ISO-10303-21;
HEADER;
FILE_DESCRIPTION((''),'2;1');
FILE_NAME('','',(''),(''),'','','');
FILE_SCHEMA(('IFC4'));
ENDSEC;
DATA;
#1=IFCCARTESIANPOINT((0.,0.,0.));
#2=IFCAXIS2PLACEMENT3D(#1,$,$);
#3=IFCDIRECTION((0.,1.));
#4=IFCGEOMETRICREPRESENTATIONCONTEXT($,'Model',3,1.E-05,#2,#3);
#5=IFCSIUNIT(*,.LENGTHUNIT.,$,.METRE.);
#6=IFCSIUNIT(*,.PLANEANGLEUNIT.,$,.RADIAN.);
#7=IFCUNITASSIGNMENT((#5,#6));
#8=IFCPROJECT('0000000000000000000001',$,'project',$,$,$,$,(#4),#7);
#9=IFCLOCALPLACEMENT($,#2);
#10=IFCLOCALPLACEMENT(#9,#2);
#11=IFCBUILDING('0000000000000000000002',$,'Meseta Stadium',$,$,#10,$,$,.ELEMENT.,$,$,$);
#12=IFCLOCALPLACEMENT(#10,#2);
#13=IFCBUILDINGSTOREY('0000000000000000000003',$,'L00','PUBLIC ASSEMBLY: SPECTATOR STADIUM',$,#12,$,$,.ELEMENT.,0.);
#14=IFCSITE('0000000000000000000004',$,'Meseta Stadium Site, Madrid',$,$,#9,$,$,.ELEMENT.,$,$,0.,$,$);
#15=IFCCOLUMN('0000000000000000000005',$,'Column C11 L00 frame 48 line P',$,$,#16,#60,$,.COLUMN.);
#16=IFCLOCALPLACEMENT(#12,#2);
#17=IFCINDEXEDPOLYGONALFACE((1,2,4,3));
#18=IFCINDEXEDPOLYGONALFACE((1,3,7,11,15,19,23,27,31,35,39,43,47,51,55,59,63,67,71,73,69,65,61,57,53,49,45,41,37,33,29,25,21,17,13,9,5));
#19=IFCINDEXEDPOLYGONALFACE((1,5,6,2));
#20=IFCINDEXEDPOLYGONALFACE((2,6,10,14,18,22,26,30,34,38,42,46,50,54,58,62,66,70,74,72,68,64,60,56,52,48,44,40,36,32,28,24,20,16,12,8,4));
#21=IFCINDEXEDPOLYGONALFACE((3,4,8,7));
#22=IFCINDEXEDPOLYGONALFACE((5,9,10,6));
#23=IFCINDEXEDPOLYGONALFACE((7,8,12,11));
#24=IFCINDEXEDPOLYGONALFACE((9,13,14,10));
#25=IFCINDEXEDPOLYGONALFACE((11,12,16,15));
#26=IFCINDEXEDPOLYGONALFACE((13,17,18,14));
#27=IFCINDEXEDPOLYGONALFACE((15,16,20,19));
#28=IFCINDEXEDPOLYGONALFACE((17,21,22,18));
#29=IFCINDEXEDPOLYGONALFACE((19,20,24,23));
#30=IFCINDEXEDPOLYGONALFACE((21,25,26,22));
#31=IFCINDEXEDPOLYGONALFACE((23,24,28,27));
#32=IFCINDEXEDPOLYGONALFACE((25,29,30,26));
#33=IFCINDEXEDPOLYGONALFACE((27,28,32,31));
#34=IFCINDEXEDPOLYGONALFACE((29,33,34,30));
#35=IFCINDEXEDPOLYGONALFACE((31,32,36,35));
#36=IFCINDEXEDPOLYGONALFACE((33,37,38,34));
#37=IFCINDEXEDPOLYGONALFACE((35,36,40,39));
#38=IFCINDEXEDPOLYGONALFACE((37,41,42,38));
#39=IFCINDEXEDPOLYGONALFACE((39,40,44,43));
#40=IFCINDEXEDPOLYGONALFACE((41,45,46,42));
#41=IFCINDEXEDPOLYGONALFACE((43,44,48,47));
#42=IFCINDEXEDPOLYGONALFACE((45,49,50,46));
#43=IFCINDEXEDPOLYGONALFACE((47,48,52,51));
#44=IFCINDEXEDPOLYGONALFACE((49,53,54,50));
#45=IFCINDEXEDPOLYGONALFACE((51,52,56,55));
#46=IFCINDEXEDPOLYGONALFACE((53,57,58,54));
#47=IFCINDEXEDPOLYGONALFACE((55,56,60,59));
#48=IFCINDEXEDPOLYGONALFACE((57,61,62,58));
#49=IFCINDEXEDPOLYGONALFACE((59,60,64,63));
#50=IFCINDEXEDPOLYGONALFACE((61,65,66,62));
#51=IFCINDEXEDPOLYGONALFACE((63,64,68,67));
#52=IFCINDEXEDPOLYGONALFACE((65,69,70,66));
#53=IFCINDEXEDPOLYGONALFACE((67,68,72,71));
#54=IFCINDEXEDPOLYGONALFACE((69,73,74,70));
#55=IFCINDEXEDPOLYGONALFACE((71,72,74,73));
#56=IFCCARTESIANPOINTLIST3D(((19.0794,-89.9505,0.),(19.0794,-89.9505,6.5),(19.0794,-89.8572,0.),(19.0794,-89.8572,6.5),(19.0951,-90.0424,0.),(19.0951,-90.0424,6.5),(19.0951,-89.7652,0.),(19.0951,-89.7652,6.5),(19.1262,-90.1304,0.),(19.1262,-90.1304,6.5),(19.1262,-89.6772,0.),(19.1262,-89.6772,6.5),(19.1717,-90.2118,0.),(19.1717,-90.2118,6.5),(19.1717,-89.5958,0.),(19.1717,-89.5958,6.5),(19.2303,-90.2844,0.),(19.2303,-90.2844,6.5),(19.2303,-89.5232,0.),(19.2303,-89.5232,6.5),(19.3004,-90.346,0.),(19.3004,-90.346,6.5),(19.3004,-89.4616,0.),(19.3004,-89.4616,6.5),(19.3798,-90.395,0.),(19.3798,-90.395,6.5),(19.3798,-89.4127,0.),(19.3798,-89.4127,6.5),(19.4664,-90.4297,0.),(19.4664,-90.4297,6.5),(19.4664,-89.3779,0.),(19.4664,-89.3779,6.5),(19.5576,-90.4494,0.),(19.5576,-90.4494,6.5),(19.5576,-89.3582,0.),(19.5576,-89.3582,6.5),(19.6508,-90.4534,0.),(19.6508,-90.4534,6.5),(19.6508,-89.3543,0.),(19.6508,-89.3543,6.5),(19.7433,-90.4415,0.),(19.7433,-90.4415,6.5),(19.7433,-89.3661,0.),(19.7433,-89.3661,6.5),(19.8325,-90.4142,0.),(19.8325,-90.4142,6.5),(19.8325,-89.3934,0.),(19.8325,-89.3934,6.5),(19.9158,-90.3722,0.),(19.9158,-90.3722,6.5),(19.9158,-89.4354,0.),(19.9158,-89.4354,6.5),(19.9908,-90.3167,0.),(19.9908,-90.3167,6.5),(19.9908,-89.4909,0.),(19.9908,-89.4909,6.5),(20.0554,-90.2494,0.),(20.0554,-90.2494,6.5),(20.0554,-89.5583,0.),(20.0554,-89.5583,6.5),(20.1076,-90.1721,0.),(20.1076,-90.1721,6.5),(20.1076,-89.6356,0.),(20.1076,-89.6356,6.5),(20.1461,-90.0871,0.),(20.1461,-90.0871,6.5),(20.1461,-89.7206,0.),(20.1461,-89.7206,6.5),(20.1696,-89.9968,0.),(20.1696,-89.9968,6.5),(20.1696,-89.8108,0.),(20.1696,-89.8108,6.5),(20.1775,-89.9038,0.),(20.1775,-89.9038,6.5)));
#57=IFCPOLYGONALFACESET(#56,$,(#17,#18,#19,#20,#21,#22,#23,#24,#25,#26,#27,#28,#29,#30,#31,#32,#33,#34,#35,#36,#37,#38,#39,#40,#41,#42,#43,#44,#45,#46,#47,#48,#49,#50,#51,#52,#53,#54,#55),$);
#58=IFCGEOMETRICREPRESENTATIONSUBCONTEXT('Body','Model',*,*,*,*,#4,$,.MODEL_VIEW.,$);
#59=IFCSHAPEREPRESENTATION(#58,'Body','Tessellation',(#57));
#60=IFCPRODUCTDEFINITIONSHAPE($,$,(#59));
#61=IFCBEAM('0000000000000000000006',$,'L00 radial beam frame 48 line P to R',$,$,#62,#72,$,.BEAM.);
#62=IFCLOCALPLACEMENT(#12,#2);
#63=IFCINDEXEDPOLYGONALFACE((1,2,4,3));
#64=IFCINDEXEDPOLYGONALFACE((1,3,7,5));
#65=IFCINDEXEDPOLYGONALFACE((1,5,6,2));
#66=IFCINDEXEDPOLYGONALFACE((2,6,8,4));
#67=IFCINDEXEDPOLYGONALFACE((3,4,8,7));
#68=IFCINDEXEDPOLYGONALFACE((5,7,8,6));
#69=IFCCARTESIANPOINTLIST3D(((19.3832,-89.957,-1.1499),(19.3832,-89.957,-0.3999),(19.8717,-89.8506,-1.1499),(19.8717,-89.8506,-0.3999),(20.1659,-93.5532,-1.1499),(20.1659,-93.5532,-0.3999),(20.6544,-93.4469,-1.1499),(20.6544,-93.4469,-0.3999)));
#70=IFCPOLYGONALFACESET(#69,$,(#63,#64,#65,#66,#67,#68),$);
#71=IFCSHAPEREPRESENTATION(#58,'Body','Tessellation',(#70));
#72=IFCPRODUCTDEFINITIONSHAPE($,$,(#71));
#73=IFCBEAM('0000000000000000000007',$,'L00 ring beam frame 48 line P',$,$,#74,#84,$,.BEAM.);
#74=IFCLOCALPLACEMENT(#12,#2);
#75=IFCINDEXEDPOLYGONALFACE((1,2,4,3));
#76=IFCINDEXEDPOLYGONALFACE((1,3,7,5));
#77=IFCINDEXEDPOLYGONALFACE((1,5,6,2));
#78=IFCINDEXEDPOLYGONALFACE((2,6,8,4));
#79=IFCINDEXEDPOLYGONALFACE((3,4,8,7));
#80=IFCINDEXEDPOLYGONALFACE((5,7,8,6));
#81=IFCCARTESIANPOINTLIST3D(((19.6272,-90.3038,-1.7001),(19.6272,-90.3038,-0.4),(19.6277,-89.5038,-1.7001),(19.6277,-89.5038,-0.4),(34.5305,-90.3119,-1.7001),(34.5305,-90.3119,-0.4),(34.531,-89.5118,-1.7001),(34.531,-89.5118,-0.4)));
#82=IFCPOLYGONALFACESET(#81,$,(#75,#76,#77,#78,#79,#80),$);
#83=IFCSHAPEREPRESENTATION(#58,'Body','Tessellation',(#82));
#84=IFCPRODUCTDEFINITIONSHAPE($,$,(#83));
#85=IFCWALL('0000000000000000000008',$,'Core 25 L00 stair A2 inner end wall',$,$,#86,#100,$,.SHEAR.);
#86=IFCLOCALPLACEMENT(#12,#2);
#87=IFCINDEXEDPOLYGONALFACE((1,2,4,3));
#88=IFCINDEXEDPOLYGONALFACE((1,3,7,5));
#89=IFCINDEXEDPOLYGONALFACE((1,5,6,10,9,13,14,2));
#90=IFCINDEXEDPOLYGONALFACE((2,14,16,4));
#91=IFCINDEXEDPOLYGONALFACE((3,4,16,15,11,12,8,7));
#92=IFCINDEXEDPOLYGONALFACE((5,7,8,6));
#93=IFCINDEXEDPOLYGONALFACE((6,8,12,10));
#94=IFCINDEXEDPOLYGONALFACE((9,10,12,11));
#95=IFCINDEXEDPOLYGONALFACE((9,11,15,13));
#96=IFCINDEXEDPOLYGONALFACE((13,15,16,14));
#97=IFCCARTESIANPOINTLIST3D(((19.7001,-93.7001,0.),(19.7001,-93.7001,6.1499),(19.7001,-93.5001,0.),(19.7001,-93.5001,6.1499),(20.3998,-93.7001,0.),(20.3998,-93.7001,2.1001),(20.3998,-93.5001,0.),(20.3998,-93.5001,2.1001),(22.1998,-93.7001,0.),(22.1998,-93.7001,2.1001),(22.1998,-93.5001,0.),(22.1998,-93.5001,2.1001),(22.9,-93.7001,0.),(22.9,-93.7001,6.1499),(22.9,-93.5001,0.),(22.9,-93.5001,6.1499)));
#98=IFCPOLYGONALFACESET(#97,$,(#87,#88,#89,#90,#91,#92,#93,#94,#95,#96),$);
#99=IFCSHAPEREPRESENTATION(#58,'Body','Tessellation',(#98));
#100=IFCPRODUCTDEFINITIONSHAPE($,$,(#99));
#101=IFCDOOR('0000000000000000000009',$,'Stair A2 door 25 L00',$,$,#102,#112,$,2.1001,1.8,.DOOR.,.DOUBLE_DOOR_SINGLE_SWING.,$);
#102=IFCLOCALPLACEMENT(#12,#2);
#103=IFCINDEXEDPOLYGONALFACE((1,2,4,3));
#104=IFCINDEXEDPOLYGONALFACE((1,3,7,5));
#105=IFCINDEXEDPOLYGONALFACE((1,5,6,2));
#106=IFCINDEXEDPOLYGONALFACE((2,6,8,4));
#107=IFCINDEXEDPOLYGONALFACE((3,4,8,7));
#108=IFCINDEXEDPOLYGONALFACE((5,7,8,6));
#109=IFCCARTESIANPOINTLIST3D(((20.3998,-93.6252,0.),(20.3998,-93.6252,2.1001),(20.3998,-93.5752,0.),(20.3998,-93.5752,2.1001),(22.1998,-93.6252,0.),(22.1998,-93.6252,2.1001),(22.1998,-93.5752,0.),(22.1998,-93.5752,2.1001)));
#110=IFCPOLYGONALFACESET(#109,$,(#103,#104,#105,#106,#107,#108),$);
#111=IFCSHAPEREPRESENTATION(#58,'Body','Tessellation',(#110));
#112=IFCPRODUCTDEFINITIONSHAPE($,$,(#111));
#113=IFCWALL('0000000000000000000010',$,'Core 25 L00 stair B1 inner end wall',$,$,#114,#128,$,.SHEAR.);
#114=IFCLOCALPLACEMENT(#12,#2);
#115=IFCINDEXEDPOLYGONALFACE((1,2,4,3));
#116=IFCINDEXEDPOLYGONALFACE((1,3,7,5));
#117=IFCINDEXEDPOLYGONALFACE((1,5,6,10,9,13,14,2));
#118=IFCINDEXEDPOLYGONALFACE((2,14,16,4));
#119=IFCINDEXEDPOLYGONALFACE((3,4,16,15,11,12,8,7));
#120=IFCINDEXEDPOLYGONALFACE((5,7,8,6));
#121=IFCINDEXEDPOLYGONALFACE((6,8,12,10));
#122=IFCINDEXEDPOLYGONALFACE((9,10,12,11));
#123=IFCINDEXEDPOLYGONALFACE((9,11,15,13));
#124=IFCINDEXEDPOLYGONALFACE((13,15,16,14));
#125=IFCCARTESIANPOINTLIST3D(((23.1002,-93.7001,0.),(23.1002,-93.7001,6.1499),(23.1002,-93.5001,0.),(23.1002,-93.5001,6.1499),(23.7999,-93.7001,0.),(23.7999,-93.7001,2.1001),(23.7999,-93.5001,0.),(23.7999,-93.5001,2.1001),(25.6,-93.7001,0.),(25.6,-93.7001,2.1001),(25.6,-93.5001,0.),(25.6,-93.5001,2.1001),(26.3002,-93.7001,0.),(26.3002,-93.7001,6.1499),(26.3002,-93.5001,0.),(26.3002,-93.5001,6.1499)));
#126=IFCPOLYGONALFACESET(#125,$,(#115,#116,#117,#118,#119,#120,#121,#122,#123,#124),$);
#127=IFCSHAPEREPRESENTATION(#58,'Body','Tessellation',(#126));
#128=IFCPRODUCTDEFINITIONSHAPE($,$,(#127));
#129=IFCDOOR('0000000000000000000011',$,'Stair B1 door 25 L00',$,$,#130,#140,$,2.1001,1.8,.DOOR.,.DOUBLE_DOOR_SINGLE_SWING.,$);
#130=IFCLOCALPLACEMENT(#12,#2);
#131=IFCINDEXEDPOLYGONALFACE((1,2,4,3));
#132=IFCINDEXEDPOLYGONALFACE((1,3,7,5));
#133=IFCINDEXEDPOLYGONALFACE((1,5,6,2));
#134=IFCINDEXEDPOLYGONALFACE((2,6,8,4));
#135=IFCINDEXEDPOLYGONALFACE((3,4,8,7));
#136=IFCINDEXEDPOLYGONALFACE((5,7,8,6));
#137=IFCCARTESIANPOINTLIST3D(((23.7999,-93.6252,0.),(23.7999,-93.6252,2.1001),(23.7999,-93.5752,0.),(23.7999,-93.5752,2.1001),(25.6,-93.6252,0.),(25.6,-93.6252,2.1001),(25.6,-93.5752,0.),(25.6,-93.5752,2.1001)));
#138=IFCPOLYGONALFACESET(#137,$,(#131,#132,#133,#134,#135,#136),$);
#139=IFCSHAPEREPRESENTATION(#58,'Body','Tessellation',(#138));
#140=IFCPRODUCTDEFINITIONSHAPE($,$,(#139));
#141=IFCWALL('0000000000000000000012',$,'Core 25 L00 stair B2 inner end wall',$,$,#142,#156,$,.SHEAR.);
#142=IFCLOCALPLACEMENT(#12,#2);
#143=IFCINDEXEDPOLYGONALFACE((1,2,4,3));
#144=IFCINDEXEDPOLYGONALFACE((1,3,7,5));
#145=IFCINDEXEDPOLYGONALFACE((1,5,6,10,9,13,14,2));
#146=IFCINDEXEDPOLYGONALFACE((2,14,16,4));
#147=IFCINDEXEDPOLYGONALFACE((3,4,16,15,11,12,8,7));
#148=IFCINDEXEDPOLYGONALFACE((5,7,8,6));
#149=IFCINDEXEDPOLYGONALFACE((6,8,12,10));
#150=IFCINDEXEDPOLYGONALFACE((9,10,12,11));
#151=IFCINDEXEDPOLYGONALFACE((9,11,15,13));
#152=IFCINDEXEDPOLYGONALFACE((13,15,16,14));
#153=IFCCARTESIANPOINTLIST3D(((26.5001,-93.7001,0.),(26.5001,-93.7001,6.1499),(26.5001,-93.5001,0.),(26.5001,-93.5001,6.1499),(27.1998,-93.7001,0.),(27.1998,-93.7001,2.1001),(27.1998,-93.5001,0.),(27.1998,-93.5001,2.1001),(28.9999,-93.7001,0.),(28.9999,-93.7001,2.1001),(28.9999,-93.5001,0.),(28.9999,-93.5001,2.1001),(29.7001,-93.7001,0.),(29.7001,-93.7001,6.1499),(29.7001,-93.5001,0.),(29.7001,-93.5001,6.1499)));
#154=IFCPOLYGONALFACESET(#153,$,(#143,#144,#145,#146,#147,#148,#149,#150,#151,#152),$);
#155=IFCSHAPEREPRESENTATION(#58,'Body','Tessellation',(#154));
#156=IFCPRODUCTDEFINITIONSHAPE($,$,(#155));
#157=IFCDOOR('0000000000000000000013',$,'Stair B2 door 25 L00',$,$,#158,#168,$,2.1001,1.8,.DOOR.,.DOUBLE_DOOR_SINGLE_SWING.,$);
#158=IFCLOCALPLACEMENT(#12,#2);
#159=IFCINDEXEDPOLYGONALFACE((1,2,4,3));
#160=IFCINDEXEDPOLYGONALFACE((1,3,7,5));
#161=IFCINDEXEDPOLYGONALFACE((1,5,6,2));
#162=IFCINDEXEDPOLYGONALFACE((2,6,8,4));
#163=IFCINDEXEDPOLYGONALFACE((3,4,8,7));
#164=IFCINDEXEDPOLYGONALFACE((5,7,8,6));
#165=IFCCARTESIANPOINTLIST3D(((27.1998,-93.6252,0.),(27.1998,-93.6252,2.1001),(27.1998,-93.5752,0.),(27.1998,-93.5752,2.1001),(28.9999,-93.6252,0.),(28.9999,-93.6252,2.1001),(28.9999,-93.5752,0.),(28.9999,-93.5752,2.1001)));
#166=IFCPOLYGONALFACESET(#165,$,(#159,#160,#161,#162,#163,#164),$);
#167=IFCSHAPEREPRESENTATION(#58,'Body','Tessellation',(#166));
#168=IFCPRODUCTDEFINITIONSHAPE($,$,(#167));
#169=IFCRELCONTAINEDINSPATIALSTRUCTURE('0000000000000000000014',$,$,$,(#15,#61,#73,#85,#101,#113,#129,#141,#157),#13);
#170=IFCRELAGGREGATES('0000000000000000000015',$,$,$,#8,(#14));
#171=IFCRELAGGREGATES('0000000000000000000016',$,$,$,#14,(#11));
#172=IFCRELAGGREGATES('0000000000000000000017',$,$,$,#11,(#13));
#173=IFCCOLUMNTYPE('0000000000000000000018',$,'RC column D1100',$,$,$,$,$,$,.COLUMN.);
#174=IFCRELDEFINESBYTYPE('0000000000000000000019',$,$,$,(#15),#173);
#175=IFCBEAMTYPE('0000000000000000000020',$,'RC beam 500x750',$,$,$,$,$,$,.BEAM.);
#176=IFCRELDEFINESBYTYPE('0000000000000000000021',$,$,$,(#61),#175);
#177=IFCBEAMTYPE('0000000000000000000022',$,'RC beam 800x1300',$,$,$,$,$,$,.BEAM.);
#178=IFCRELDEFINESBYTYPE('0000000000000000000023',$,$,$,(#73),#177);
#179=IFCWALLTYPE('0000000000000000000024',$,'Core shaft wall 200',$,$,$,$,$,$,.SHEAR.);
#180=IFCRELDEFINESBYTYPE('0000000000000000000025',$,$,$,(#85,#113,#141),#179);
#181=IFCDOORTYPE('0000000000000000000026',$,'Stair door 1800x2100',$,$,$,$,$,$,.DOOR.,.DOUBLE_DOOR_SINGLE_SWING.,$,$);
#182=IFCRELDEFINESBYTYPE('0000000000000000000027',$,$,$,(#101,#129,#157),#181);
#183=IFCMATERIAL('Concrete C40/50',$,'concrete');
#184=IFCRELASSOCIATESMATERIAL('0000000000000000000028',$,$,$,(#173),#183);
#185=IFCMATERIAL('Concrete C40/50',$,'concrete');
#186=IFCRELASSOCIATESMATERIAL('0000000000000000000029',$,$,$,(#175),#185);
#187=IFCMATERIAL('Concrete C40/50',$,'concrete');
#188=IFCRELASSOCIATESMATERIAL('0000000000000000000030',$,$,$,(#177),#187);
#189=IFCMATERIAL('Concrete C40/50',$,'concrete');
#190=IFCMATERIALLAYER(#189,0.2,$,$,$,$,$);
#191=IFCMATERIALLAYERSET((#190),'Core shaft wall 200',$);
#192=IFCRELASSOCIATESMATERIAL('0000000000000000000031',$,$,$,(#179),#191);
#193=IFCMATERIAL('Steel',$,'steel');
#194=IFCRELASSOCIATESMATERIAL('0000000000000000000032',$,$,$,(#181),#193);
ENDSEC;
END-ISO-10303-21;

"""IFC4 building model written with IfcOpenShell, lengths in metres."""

from ifc_helpers import new_model, si_unit, direction, frame, frame_2d, origin, origin_2d, place, context, subcontext, project, spatial, rectangle, circle, extrude, material, layer, layer_set, material_profile, profile_set, type_object, element, fill, save


model = new_model("IFC4")

# Units and contexts
model_context = context("Model", 3, precision=1e-05, world=origin(), true_north=direction((0.0, 1.0)))
body_context = subcontext(model_context, "Body", "Model", "MODEL_VIEW")
ifc_project = project(units=[si_unit("LENGTHUNIT", "METRE"), si_unit("PLANEANGLEUNIT", "RADIAN")], contexts=[model_context])

# Site, building, storey
site_placement = place(None, origin())
site = spatial("IfcSite", under=ifc_project, at=site_placement, Name="Meseta Stadium Site, Madrid", CompositionType="ELEMENT", RefElevation=0.0)
building_placement = place(site_placement, origin())
building = spatial("IfcBuilding", under=site, at=building_placement, Name="Meseta Stadium", CompositionType="ELEMENT")
storey_placement = place(building_placement, origin())
storey = spatial("IfcBuildingStorey", under=building, at=storey_placement, Name="L00", Description="PUBLIC ASSEMBLY: SPECTATOR STADIUM", CompositionType="ELEMENT", Elevation=0.0)

# Column
ifc_material_1 = material(Name="Concrete C40/50", Category="concrete")
ifc_material_profile_1 = material_profile(ifc_material_1, circle(Radius=0.55, at=origin_2d()), Name="RC D1100")
ifc_profile_set_1 = profile_set([ifc_material_profile_1], Name="Concrete C40/50")
column_type = type_object("IfcColumnType", Name="RC column D1100", PredefinedType="COLUMN", material=ifc_profile_set_1)
column_placement = place(storey_placement, frame((19.6274, -89.9038, 0.0), z_axis=(0.0, 0.0, 1.0), x_axis=(1.0, 0.0, 0.0)))
element("IfcColumn", 1, at=column_placement, inside=storey, type_object=column_type, Name="Column C11 L00 frame 48 line P", PredefinedType="COLUMN", context=body_context, shape_type="SweptSolid", body=[
    extrude(circle(Radius=0.55, at=origin_2d()), origin(), (0.0, 0.0, 1.0), 6.5),
])

# Beams
ifc_material_2 = material(Name="Concrete C40/50", Category="concrete")
ifc_material_profile_2 = material_profile(ifc_material_2, rectangle(XDim=0.5, YDim=0.75, at=origin_2d()), Name="RC 500x750")
ifc_profile_set_2 = profile_set([ifc_material_profile_2], Name="Concrete C40/50")
beam_type_1 = type_object("IfcBeamType", Name="RC beam 500x750", PredefinedType="BEAM", material=ifc_profile_set_2)
beam_1_placement = place(storey_placement, frame((19.6274, -89.9038, -0.7749), z_axis=(0.212672, -0.977124, 0.0), x_axis=(0.977124, 0.212672, 0.0)))
element("IfcBeam", 2, at=beam_1_placement, inside=storey, type_object=beam_type_1, Name="L00 radial beam frame 48 line P to R", PredefinedType="BEAM", context=body_context, shape_type="SweptSolid", body=[
    extrude(rectangle(XDim=0.5, YDim=0.75, at=origin_2d()), origin(), (0.0, 0.0, 1.0), 3.6804),
])
ifc_material_3 = material(Name="Concrete C40/50", Category="concrete")
ifc_material_profile_3 = material_profile(ifc_material_3, rectangle(XDim=0.8, YDim=1.3, at=origin_2d()), Name="RC 800x1300")
ifc_profile_set_3 = profile_set([ifc_material_profile_3], Name="Concrete C40/50")
beam_type_2 = type_object("IfcBeamType", Name="RC beam 800x1300", PredefinedType="BEAM", material=ifc_profile_set_3)
beam_2_placement = place(storey_placement, frame((19.6274, -89.9038, -1.05), z_axis=(1.0, -0.000541, 0.0), x_axis=(0.000541, 1.0, 0.0)))
element("IfcBeam", 3, at=beam_2_placement, inside=storey, type_object=beam_type_2, Name="L00 ring beam frame 48 line P", PredefinedType="BEAM", context=body_context, shape_type="SweptSolid", body=[
    extrude(rectangle(XDim=0.8, YDim=1.3, at=origin_2d()), origin(), (0.0, 0.0, 1.0), 14.9033),
])

# Walls, openings, doors
ifc_material_4 = material(Name="Concrete C40/50", Category="concrete")
ifc_layer_1 = layer(ifc_material_4, 0.2)
ifc_layer_set_1 = layer_set([ifc_layer_1], Name="Core shaft wall 200")
wall_type_1 = type_object("IfcWallType", Name="Core shaft wall 200", PredefinedType="SHEAR", material=ifc_layer_set_1)
wall_1_placement = place(storey_placement, frame((19.7, -93.6001, 0.0), z_axis=(0.0, 0.0, 1.0), x_axis=(1.0, 0.0, 0.0)))
wall_1 = element("IfcWall", 4, at=wall_1_placement, inside=storey, type_object=wall_type_1, Name="Core 25 L00 stair A2 inner end wall", PredefinedType="SHEAR", context=body_context, shape_type="SweptSolid", body=[
    extrude(rectangle(XDim=3.2, YDim=0.2, at=frame_2d((1.6001, 0.0))), origin(), (0.0, 0.0, 1.0), 6.1499),
])
opening_1_placement = place(wall_1_placement, frame((0.7, 0.0, 0.0)))
opening_1 = element("IfcOpeningElement", 5, at=opening_1_placement, cuts=wall_1, PredefinedType="OPENING", context=body_context, shape_type="SweptSolid", body=[
    extrude(rectangle(XDim=1.8, YDim=2.1001, at=frame_2d((0.8999, 1.05))), frame((0.0, 0.1099, 0.0), z_axis=(0.0, -1.0, 0.0), x_axis=(1.0, 0.0, 0.0)), (0.0, 0.0, 1.0), 0.22),
])
ifc_material_5 = material(Name="Steel", Category="steel")
door_type_1 = type_object("IfcDoorType", Name="Stair door 1800x2100", OperationType="DOUBLE_DOOR_SINGLE_SWING", PredefinedType="DOOR", material=ifc_material_5)
door_1_placement = place(opening_1_placement, origin())
door_1 = element("IfcDoor", 6, at=door_1_placement, inside=storey, type_object=door_type_1, Name="Stair A2 door 25 L00", OperationType="DOUBLE_DOOR_SINGLE_SWING", OverallHeight=2.1001, OverallWidth=1.8, PredefinedType="DOOR", context=body_context, shape_type="SweptSolid", body=[
    extrude(rectangle(XDim=1.8, YDim=2.1001, at=frame_2d((0.8999, 1.05))), frame((0.0, 0.0249, 0.0), z_axis=(0.0, -1.0, 0.0), x_axis=(1.0, 0.0, 0.0)), (0.0, 0.0, 1.0), 0.05),
])
fill(opening_1, door_1)
wall_2_placement = place(storey_placement, frame((23.1001, -93.6001, 0.0), z_axis=(0.0, 0.0, 1.0), x_axis=(1.0, 0.0, 0.0)))
wall_2 = element("IfcWall", 7, at=wall_2_placement, inside=storey, type_object=wall_type_1, Name="Core 25 L00 stair B1 inner end wall", PredefinedType="SHEAR", context=body_context, shape_type="SweptSolid", body=[
    extrude(rectangle(XDim=3.2, YDim=0.2, at=frame_2d((1.6001, 0.0))), origin(), (0.0, 0.0, 1.0), 6.1499),
])
opening_2_placement = place(wall_2_placement, frame((0.7, 0.0, 0.0)))
opening_2 = element("IfcOpeningElement", 8, at=opening_2_placement, cuts=wall_2, PredefinedType="OPENING", context=body_context, shape_type="SweptSolid", body=[
    extrude(rectangle(XDim=1.8, YDim=2.1001, at=frame_2d((0.8999, 1.05))), frame((0.0, 0.1099, 0.0), z_axis=(0.0, -1.0, 0.0), x_axis=(1.0, 0.0, 0.0)), (0.0, 0.0, 1.0), 0.22),
])
door_2_placement = place(opening_2_placement, origin())
door_2 = element("IfcDoor", 9, at=door_2_placement, inside=storey, type_object=door_type_1, Name="Stair B1 door 25 L00", OperationType="DOUBLE_DOOR_SINGLE_SWING", OverallHeight=2.1001, OverallWidth=1.8, PredefinedType="DOOR", context=body_context, shape_type="SweptSolid", body=[
    extrude(rectangle(XDim=1.8, YDim=2.1001, at=frame_2d((0.8999, 1.05))), frame((0.0, 0.0249, 0.0), z_axis=(0.0, -1.0, 0.0), x_axis=(1.0, 0.0, 0.0)), (0.0, 0.0, 1.0), 0.05),
])
fill(opening_2, door_2)
wall_3_placement = place(storey_placement, frame((26.5, -93.6001, 0.0), z_axis=(0.0, 0.0, 1.0), x_axis=(1.0, 0.0, 0.0)))
wall_3 = element("IfcWall", 10, at=wall_3_placement, inside=storey, type_object=wall_type_1, Name="Core 25 L00 stair B2 inner end wall", PredefinedType="SHEAR", context=body_context, shape_type="SweptSolid", body=[
    extrude(rectangle(XDim=3.2, YDim=0.2, at=frame_2d((1.6001, 0.0))), origin(), (0.0, 0.0, 1.0), 6.1499),
])
opening_3_placement = place(wall_3_placement, frame((0.7, 0.0, 0.0)))
opening_3 = element("IfcOpeningElement", 11, at=opening_3_placement, cuts=wall_3, PredefinedType="OPENING", context=body_context, shape_type="SweptSolid", body=[
    extrude(rectangle(XDim=1.8, YDim=2.1001, at=frame_2d((0.8999, 1.05))), frame((0.0, 0.1099, 0.0), z_axis=(0.0, -1.0, 0.0), x_axis=(1.0, 0.0, 0.0)), (0.0, 0.0, 1.0), 0.22),
])
door_3_placement = place(opening_3_placement, origin())
door_3 = element("IfcDoor", 12, at=door_3_placement, inside=storey, type_object=door_type_1, Name="Stair B2 door 25 L00", OperationType="DOUBLE_DOOR_SINGLE_SWING", OverallHeight=2.1001, OverallWidth=1.8, PredefinedType="DOOR", context=body_context, shape_type="SweptSolid", body=[
    extrude(rectangle(XDim=1.8, YDim=2.1001, at=frame_2d((0.8999, 1.05))), frame((0.0, 0.0249, 0.0), z_axis=(0.0, -1.0, 0.0), x_axis=(1.0, 0.0, 0.0)), (0.0, 0.0, 1.0), 0.05),
])
fill(opening_3, door_3)

save(model, "model.ifc")
